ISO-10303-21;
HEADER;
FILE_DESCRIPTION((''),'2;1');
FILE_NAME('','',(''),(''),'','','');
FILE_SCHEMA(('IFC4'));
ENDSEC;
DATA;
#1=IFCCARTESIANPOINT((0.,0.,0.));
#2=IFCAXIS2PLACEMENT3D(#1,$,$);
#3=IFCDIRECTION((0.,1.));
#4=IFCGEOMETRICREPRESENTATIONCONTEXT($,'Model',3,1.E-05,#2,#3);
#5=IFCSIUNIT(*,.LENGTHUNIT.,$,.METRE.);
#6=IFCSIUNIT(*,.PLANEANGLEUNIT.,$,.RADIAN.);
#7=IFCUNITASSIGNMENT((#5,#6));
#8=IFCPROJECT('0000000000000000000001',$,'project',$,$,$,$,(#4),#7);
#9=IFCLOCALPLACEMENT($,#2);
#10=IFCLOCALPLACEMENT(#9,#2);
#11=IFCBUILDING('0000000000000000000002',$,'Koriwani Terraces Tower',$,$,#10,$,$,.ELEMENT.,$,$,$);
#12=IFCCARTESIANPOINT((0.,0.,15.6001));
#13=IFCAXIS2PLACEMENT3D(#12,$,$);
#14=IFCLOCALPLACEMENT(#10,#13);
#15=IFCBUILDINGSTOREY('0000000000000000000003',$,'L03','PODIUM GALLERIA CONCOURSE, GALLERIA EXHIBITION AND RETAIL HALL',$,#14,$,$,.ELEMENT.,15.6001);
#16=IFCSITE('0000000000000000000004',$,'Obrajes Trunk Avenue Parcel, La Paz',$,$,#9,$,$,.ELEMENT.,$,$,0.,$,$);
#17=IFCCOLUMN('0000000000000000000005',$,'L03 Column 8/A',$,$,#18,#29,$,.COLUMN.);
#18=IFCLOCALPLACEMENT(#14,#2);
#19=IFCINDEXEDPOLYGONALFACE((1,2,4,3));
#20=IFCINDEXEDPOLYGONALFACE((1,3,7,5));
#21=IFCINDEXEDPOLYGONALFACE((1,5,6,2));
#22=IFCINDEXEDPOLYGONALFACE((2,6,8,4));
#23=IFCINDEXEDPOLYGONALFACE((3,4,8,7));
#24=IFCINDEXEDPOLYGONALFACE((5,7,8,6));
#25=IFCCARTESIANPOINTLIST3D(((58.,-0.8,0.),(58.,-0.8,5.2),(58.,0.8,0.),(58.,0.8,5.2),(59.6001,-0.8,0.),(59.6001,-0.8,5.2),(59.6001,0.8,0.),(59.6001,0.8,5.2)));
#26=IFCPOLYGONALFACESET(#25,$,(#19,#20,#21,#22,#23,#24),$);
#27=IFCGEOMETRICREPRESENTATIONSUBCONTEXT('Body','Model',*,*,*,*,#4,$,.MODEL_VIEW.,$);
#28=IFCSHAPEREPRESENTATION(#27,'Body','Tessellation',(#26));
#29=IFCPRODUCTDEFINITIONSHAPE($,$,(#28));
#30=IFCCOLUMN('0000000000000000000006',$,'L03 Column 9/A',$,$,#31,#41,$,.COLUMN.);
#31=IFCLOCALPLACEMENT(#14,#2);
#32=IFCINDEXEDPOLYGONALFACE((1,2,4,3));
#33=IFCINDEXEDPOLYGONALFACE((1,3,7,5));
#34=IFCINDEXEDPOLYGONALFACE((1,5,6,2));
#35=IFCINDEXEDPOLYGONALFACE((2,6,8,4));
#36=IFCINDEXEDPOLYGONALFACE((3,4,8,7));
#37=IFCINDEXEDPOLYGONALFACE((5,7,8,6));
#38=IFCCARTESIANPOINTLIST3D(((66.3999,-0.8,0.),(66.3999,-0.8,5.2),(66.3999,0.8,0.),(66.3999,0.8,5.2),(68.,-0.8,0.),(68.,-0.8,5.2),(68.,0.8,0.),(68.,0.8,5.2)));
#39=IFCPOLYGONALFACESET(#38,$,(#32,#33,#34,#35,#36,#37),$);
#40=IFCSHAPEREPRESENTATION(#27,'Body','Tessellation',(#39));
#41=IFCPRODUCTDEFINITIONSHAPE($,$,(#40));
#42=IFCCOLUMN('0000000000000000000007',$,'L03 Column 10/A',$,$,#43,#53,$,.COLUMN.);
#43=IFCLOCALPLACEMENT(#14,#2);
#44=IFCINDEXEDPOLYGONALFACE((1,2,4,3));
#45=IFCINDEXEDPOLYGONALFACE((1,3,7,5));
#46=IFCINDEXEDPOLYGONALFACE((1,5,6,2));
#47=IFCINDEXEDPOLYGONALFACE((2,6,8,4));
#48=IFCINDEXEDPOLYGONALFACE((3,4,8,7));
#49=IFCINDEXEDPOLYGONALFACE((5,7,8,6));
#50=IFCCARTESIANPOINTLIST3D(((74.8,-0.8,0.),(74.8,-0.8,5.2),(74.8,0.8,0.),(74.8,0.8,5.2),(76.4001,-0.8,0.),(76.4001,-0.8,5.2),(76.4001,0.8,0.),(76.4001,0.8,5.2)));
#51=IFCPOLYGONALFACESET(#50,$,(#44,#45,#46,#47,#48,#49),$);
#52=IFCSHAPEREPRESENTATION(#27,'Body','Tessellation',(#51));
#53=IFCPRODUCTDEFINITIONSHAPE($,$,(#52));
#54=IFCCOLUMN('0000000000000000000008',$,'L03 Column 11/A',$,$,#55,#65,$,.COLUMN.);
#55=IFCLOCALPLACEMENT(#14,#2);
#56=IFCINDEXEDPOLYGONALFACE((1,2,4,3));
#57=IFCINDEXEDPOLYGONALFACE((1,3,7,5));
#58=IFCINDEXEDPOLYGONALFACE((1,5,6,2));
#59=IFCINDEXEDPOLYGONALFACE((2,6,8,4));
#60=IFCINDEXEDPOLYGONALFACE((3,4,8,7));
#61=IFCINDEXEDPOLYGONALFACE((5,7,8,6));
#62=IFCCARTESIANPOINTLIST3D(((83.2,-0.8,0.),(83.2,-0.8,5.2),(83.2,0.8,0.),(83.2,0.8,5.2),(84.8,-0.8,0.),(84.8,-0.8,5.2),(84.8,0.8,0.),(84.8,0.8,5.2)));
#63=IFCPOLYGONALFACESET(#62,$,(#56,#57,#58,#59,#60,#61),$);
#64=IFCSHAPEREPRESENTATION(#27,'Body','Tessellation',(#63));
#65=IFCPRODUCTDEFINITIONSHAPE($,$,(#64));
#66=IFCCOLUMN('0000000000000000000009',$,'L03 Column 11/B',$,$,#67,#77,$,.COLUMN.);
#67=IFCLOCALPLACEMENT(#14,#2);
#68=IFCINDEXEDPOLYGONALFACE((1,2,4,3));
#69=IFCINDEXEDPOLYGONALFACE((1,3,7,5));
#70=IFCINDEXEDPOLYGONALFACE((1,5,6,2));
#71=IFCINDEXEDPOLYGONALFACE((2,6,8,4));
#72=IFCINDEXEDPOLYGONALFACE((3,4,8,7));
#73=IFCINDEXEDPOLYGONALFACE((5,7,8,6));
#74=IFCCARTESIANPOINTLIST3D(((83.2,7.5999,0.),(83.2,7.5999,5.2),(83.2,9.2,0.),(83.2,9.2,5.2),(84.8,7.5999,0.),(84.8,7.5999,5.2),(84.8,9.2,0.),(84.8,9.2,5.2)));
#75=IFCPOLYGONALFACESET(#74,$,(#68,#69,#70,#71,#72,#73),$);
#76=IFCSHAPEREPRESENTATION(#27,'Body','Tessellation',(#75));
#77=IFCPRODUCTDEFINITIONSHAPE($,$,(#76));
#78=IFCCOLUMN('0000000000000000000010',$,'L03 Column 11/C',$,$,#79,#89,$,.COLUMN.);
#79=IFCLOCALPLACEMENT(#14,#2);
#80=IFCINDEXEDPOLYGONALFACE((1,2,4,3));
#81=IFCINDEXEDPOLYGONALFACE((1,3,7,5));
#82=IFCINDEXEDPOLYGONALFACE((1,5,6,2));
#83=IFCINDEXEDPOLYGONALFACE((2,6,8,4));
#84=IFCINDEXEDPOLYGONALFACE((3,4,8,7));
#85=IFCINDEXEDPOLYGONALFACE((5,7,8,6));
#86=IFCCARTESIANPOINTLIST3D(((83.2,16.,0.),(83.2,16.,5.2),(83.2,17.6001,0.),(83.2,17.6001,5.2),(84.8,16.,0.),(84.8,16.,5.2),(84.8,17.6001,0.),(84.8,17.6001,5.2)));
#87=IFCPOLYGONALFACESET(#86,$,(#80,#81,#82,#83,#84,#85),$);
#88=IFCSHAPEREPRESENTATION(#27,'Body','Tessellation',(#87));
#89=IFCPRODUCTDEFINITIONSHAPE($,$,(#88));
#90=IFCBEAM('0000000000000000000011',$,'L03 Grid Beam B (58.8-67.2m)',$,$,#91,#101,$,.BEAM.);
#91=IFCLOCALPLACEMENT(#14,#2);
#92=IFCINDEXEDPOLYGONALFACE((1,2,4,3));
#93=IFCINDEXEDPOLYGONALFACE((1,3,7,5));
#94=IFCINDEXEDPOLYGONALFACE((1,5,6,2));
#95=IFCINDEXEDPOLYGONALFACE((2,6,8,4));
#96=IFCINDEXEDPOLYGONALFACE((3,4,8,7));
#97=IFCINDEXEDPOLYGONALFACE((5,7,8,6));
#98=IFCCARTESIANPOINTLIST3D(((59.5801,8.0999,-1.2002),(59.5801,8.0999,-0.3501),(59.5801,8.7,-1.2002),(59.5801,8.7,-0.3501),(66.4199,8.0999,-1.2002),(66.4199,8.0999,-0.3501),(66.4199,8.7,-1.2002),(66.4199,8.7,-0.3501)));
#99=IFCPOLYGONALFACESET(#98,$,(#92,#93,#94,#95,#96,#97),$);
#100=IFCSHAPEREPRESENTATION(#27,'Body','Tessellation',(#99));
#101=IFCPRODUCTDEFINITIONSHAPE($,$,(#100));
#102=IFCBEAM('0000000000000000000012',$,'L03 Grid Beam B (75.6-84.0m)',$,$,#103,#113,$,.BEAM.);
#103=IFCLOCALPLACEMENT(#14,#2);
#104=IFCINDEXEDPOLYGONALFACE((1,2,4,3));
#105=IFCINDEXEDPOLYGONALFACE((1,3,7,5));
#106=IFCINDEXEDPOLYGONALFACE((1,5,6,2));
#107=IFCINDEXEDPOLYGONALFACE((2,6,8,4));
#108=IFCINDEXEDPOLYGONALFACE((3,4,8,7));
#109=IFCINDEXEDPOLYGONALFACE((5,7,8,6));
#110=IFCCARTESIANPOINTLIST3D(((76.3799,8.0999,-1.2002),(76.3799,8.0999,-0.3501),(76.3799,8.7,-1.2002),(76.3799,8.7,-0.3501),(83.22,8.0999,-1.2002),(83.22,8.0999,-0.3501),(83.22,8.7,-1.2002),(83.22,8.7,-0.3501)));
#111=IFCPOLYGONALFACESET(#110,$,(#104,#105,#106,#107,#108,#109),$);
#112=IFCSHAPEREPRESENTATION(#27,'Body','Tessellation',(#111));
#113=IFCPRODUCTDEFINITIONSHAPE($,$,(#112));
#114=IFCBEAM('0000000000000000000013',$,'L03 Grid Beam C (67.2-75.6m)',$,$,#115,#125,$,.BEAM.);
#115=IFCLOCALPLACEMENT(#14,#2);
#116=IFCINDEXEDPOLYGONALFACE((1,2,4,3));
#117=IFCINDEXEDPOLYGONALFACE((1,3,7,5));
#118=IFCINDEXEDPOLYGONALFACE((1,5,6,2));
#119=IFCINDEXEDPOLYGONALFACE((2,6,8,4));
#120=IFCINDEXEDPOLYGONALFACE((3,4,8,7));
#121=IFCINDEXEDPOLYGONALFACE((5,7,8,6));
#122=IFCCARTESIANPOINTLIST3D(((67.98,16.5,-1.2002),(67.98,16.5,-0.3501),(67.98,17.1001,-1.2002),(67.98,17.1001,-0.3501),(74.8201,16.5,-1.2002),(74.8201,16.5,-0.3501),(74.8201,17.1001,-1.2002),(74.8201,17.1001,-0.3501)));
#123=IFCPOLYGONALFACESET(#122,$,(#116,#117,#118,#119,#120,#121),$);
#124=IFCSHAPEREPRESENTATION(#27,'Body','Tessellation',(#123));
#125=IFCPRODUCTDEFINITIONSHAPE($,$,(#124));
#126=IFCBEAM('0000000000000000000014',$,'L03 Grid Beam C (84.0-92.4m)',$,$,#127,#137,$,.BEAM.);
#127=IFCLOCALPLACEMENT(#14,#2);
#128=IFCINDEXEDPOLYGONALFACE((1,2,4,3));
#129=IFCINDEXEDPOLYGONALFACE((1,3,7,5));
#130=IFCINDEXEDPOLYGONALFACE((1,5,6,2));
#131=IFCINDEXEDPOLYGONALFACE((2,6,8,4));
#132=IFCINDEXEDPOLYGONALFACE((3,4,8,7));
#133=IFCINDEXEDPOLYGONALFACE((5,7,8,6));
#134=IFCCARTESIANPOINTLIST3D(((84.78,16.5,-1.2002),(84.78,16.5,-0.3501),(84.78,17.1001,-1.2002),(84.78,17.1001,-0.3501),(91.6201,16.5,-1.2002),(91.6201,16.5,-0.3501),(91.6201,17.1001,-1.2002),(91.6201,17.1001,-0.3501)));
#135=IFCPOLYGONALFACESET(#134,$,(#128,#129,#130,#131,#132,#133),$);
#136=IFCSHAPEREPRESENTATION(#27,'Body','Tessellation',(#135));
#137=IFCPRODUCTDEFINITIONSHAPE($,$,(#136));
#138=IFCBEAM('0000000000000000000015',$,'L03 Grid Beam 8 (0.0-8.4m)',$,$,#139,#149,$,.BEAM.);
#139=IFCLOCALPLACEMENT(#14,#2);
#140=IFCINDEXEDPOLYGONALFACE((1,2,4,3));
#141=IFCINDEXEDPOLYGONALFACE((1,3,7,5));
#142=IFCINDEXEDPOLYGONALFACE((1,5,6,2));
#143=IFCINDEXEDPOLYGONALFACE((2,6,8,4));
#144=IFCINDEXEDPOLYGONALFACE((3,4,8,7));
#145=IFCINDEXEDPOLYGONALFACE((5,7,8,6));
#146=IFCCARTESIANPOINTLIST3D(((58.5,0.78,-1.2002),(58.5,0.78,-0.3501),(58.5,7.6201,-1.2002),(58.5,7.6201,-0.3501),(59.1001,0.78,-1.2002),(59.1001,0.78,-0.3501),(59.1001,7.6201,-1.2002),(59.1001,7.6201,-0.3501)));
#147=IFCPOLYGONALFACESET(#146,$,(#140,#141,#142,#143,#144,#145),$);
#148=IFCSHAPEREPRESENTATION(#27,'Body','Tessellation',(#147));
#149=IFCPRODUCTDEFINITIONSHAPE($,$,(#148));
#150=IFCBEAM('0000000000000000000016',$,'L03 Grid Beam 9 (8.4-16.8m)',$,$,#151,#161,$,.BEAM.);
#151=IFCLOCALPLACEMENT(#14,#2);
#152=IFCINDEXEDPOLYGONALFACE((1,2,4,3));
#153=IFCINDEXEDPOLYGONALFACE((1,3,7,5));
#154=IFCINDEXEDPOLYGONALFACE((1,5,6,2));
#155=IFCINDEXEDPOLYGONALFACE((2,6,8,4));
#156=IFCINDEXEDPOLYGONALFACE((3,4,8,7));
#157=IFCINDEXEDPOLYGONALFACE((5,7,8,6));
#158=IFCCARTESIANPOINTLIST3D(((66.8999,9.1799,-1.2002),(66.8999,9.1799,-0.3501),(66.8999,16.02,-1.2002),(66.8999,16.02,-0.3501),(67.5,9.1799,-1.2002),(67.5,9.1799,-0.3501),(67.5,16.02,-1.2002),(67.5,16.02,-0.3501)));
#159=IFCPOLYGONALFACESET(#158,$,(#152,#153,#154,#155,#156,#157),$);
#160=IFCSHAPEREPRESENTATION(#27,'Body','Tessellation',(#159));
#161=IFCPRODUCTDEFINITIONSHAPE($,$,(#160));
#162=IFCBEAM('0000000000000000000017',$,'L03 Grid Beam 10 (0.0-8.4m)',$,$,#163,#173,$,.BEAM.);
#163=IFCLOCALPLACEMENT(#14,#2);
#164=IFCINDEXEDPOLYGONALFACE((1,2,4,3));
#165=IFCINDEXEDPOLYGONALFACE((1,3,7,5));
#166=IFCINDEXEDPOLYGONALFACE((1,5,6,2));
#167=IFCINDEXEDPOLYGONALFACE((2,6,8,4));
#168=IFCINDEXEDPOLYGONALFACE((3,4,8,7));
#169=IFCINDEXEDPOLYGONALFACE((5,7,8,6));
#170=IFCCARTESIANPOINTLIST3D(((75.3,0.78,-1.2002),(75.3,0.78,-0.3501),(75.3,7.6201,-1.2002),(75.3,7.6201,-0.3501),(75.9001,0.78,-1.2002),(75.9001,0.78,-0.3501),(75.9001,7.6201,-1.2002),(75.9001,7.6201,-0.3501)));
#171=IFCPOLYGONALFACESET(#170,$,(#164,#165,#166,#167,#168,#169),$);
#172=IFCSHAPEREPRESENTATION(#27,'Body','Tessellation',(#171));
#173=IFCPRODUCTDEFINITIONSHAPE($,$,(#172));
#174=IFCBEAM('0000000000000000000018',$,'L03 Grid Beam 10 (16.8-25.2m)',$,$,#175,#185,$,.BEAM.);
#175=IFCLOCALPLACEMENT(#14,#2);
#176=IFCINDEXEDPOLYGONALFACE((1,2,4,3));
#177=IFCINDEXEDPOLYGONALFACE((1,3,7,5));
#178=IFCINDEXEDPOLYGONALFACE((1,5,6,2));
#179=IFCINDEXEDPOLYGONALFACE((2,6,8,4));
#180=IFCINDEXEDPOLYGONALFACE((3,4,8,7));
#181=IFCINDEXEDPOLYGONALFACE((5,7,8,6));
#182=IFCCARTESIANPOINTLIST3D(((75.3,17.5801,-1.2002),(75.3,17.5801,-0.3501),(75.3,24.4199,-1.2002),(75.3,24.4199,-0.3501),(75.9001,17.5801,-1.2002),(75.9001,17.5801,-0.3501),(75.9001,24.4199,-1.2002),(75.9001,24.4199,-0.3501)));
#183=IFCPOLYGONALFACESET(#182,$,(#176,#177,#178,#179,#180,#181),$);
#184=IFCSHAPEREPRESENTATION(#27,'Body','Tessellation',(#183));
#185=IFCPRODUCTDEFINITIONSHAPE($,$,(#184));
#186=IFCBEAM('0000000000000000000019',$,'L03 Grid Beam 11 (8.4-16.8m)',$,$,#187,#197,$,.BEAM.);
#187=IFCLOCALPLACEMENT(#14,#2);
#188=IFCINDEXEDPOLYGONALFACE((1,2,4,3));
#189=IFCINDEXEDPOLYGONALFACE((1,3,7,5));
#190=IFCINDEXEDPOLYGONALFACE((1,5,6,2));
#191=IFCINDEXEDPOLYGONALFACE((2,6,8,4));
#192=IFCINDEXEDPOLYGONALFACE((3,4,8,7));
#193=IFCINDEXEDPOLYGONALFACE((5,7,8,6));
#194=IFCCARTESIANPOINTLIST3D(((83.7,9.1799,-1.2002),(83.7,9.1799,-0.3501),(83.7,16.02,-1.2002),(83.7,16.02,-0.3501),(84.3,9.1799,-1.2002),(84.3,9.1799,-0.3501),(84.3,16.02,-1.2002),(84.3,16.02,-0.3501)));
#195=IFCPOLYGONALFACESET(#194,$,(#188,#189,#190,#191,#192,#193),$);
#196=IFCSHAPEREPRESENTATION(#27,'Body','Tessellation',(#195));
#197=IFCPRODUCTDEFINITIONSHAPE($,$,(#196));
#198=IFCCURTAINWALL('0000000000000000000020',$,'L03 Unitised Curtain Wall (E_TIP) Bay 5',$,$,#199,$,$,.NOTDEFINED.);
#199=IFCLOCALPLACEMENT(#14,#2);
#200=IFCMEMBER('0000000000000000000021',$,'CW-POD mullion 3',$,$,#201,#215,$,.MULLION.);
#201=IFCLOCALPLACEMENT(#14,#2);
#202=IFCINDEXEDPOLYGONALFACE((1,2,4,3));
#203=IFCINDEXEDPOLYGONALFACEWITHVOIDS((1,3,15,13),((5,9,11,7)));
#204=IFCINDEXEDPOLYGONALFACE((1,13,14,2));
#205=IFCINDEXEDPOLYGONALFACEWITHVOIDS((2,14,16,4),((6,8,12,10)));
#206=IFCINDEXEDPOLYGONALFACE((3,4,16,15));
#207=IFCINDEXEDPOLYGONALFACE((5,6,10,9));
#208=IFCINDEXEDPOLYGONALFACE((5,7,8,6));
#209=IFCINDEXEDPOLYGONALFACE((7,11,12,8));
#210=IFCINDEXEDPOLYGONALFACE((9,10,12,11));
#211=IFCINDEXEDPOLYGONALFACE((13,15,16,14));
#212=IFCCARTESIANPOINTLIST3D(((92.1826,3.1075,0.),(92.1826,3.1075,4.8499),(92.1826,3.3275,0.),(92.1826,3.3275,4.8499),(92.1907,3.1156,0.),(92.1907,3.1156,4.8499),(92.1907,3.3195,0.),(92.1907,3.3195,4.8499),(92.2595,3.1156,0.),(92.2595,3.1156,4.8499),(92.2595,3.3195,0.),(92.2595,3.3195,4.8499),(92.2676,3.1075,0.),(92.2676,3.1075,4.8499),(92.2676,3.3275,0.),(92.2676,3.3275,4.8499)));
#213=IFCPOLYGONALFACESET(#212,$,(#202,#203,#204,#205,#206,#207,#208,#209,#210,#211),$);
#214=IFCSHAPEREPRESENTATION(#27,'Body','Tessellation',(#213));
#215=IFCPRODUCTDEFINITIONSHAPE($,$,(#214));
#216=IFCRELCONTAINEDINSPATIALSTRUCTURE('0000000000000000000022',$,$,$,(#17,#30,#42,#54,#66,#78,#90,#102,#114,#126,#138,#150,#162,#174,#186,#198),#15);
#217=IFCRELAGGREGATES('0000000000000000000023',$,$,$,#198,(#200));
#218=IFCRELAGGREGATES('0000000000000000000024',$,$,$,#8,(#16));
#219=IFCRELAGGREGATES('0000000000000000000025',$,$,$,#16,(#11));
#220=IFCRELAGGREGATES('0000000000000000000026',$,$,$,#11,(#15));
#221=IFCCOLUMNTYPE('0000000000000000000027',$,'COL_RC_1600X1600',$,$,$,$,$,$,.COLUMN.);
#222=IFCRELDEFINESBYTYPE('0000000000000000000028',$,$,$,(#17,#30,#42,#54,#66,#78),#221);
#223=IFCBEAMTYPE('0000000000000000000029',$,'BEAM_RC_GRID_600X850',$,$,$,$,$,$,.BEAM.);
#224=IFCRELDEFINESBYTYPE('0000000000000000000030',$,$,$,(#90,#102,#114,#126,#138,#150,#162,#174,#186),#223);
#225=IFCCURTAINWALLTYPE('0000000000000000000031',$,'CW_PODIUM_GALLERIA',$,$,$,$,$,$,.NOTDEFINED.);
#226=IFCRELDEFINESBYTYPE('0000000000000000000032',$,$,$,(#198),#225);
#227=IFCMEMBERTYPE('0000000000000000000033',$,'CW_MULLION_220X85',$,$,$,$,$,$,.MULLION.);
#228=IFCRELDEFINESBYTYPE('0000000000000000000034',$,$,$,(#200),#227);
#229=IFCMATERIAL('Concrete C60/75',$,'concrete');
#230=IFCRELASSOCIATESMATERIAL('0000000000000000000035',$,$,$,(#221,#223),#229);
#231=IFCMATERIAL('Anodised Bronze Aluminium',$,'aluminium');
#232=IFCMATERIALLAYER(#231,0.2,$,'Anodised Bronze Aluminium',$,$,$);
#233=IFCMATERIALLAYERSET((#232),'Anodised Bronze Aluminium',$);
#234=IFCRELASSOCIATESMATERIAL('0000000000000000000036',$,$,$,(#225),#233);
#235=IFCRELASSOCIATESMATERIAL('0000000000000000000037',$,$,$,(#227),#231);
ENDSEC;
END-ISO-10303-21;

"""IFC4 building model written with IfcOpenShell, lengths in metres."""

from ifc_helpers import new_model, si_unit, direction, frame, origin, origin_2d, place, context, subcontext, project, spatial, rectangle, hollow_rectangle, extrude, material, layer, layer_set, material_profile, profile_set, type_object, element, aggregate, save


model = new_model("IFC4")

# Units and contexts
model_context = context("Model", 3, precision=1e-05, world=origin(), true_north=direction((0.0, 1.0)))
body_context = subcontext(model_context, "Body", "Model", "MODEL_VIEW")
ifc_project = project(units=[si_unit("LENGTHUNIT", "METRE"), si_unit("PLANEANGLEUNIT", "RADIAN")], contexts=[model_context])

# Site, building, storey
site_placement = place(None, origin())
site = spatial("IfcSite", under=ifc_project, at=site_placement, Name="Obrajes Trunk Avenue Parcel, La Paz", CompositionType="ELEMENT", RefElevation=0.0)
building_placement = place(site_placement, origin())
building = spatial("IfcBuilding", under=site, at=building_placement, Name="Koriwani Terraces Tower", CompositionType="ELEMENT")
storey_placement = place(building_placement, frame((0.0, 0.0, 15.6001)))
storey = spatial("IfcBuildingStorey", under=building, at=storey_placement, Name="L03", Description="PODIUM GALLERIA CONCOURSE, GALLERIA EXHIBITION AND RETAIL HALL", CompositionType="ELEMENT", Elevation=15.6001)

# Columns
ifc_material_1 = material(Name="Concrete C60/75", Category="concrete")
ifc_material_profile_1 = material_profile(ifc_material_1, rectangle(XDim=1.6001, YDim=1.6001, at=origin_2d()), Name="Concrete C60/75", Category="LoadBearing")
ifc_profile_set_1 = profile_set([ifc_material_profile_1], Name="Concrete C60/75")
column_type = type_object("IfcColumnType", Name="COL_RC_1600X1600", PredefinedType="COLUMN", material=ifc_profile_set_1)
for number, where, z_axis, x_axis, name in (
    (1, (58.8, 0.0, 0.0), (0.0, 0.0, 1.0), (1.0, 0.0, 0.0), "L03 Column 8/A"),
    (2, (67.2, 0.0, 0.0), (0.0, 0.0, 1.0), (1.0, 0.0, 0.0), "L03 Column 9/A"),
    (3, (75.6001, 0.0, 0.0), (0.0, 0.0, 1.0), (1.0, 0.0, 0.0), "L03 Column 10/A"),
    (4, (84.0, 0.0, 0.0), (0.0, 0.0, 1.0), (1.0, 0.0, 0.0), "L03 Column 11/A"),
    (5, (84.0, 8.3999, 0.0), (0.0, 0.0, 1.0), (1.0, 0.0, 0.0), "L03 Column 11/B"),
    (6, (84.0, 16.8, 0.0), (0.0, 0.0, 1.0), (1.0, 0.0, 0.0), "L03 Column 11/C"),
):
    element("IfcColumn", number, at=place(storey_placement, frame(where, z_axis=z_axis, x_axis=x_axis)), inside=storey, type_object=column_type, Name=name, PredefinedType="COLUMN", context=body_context, shape_type="SweptSolid", body=[
        extrude(rectangle(XDim=1.6001, YDim=1.6001, at=origin_2d()), origin(), (0.0, 0.0, 1.0), 5.2),
    ])

# Beams
ifc_material_profile_2 = material_profile(ifc_material_1, rectangle(XDim=0.6001, YDim=0.8501, at=origin_2d()), Name="Concrete C60/75", Category="LoadBearing")
ifc_profile_set_2 = profile_set([ifc_material_profile_2], Name="Concrete C60/75")
beam_type_1 = type_object("IfcBeamType", Name="BEAM_RC_GRID_600X850", PredefinedType="BEAM", material=ifc_profile_set_2)
beam_1_placement = place(storey_placement, frame((59.5801, 8.3999, -0.7751), z_axis=(1.0, 0.0, 0.0), x_axis=(0.0, 1.0, 0.0)))
element("IfcBeam", 7, at=beam_1_placement, inside=storey, type_object=beam_type_1, Name="L03 Grid Beam B (58.8-67.2m)", PredefinedType="BEAM", context=body_context, shape_type="SweptSolid", body=[
    extrude(rectangle(XDim=0.6001, YDim=0.8501, at=origin_2d()), origin(), (0.0, 0.0, 1.0), 6.8398),
])
for number, where, z_axis, x_axis, name in (
    (8, (76.3799, 8.3999, -0.7751), (1.0, 0.0, 0.0), (0.0, 1.0, 0.0), "L03 Grid Beam B (75.6-84.0m)"),
    (9, (67.98, 16.8, -0.7751), (1.0, 0.0, 0.0), (0.0, 1.0, 0.0), "L03 Grid Beam C (67.2-75.6m)"),
    (10, (84.78, 16.8, -0.7751), (1.0, 0.0, 0.0), (0.0, 1.0, 0.0), "L03 Grid Beam C (84.0-92.4m)"),
    (11, (58.8, 0.78, -0.7751), (0.0, 1.0, 0.0), (-1.0, 0.0, 0.0), "L03 Grid Beam 8 (0.0-8.4m)"),
    (12, (67.2, 9.1799, -0.7751), (0.0, 1.0, 0.0), (-1.0, 0.0, 0.0), "L03 Grid Beam 9 (8.4-16.8m)"),
    (13, (75.6001, 0.78, -0.7751), (0.0, 1.0, 0.0), (-1.0, 0.0, 0.0), "L03 Grid Beam 10 (0.0-8.4m)"),
):
    element("IfcBeam", number, at=place(storey_placement, frame(where, z_axis=z_axis, x_axis=x_axis)), inside=storey, type_object=beam_type_1, Name=name, PredefinedType="BEAM", context=body_context, shape_type="SweptSolid", body=[
        extrude(rectangle(XDim=0.6001, YDim=0.8501, at=origin_2d()), origin(), (0.0, 0.0, 1.0), 6.8401),
    ])
beam_2_placement = place(storey_placement, frame((75.6001, 17.5801, -0.7751), z_axis=(0.0, 1.0, 0.0), x_axis=(-1.0, 0.0, 0.0)))
element("IfcBeam", 14, at=beam_2_placement, inside=storey, type_object=beam_type_1, Name="L03 Grid Beam 10 (16.8-25.2m)", PredefinedType="BEAM", context=body_context, shape_type="SweptSolid", body=[
    extrude(rectangle(XDim=0.6001, YDim=0.8501, at=origin_2d()), origin(), (0.0, 0.0, 1.0), 6.8398),
])
beam_3_placement = place(storey_placement, frame((84.0, 9.1799, -0.7751), z_axis=(0.0, 1.0, 0.0), x_axis=(-1.0, 0.0, 0.0)))
element("IfcBeam", 15, at=beam_3_placement, inside=storey, type_object=beam_type_1, Name="L03 Grid Beam 11 (8.4-16.8m)", PredefinedType="BEAM", context=body_context, shape_type="SweptSolid", body=[
    extrude(rectangle(XDim=0.6001, YDim=0.8501, at=origin_2d()), origin(), (0.0, 0.0, 1.0), 6.8401),
])

# Curtain wall, member
ifc_material_2 = material(Name="Anodised Bronze Aluminium", Category="aluminium")
ifc_layer_1 = layer(ifc_material_2, 0.2, Name="Anodised Bronze Aluminium")
ifc_layer_set_1 = layer_set([ifc_layer_1], Name="Anodised Bronze Aluminium")
curtain_wall_type = type_object("IfcCurtainWallType", Name="CW_PODIUM_GALLERIA", PredefinedType="NOTDEFINED", material=ifc_layer_set_1)
curtain_wall_placement = place(storey_placement, origin())
curtain_wall = element("IfcCurtainWall", 16, at=curtain_wall_placement, inside=storey, type_object=curtain_wall_type, Name="L03 Unitised Curtain Wall (E_TIP) Bay 5", PredefinedType="NOTDEFINED")
ifc_material_profile_3 = material_profile(ifc_material_2, hollow_rectangle(XDim=0.085, YDim=0.22, WallThickness=0.0081, at=origin_2d()), Name="Anodised Bronze Aluminium", Category="LoadBearing")
ifc_profile_set_3 = profile_set([ifc_material_profile_3], Name="Anodised Bronze Aluminium")
member_type = type_object("IfcMemberType", Name="CW_MULLION_220X85", PredefinedType="MULLION", material=ifc_profile_set_3)
member_placement = place(storey_placement, frame((92.2251, 3.2175, 0.0), z_axis=(0.0, 0.0, 1.0), x_axis=(1.0, 0.0, 0.0)))
member = element("IfcMember", 17, at=member_placement, type_object=member_type, Name="CW-POD mullion 3", PredefinedType="MULLION", context=body_context, shape_type="SweptSolid", body=[
    extrude(hollow_rectangle(XDim=0.085, YDim=0.22, WallThickness=0.0081, at=origin_2d()), origin(), (0.0, 0.0, 1.0), 4.8499),
])
aggregate(curtain_wall, [member])

save(model, "model.ifc")
